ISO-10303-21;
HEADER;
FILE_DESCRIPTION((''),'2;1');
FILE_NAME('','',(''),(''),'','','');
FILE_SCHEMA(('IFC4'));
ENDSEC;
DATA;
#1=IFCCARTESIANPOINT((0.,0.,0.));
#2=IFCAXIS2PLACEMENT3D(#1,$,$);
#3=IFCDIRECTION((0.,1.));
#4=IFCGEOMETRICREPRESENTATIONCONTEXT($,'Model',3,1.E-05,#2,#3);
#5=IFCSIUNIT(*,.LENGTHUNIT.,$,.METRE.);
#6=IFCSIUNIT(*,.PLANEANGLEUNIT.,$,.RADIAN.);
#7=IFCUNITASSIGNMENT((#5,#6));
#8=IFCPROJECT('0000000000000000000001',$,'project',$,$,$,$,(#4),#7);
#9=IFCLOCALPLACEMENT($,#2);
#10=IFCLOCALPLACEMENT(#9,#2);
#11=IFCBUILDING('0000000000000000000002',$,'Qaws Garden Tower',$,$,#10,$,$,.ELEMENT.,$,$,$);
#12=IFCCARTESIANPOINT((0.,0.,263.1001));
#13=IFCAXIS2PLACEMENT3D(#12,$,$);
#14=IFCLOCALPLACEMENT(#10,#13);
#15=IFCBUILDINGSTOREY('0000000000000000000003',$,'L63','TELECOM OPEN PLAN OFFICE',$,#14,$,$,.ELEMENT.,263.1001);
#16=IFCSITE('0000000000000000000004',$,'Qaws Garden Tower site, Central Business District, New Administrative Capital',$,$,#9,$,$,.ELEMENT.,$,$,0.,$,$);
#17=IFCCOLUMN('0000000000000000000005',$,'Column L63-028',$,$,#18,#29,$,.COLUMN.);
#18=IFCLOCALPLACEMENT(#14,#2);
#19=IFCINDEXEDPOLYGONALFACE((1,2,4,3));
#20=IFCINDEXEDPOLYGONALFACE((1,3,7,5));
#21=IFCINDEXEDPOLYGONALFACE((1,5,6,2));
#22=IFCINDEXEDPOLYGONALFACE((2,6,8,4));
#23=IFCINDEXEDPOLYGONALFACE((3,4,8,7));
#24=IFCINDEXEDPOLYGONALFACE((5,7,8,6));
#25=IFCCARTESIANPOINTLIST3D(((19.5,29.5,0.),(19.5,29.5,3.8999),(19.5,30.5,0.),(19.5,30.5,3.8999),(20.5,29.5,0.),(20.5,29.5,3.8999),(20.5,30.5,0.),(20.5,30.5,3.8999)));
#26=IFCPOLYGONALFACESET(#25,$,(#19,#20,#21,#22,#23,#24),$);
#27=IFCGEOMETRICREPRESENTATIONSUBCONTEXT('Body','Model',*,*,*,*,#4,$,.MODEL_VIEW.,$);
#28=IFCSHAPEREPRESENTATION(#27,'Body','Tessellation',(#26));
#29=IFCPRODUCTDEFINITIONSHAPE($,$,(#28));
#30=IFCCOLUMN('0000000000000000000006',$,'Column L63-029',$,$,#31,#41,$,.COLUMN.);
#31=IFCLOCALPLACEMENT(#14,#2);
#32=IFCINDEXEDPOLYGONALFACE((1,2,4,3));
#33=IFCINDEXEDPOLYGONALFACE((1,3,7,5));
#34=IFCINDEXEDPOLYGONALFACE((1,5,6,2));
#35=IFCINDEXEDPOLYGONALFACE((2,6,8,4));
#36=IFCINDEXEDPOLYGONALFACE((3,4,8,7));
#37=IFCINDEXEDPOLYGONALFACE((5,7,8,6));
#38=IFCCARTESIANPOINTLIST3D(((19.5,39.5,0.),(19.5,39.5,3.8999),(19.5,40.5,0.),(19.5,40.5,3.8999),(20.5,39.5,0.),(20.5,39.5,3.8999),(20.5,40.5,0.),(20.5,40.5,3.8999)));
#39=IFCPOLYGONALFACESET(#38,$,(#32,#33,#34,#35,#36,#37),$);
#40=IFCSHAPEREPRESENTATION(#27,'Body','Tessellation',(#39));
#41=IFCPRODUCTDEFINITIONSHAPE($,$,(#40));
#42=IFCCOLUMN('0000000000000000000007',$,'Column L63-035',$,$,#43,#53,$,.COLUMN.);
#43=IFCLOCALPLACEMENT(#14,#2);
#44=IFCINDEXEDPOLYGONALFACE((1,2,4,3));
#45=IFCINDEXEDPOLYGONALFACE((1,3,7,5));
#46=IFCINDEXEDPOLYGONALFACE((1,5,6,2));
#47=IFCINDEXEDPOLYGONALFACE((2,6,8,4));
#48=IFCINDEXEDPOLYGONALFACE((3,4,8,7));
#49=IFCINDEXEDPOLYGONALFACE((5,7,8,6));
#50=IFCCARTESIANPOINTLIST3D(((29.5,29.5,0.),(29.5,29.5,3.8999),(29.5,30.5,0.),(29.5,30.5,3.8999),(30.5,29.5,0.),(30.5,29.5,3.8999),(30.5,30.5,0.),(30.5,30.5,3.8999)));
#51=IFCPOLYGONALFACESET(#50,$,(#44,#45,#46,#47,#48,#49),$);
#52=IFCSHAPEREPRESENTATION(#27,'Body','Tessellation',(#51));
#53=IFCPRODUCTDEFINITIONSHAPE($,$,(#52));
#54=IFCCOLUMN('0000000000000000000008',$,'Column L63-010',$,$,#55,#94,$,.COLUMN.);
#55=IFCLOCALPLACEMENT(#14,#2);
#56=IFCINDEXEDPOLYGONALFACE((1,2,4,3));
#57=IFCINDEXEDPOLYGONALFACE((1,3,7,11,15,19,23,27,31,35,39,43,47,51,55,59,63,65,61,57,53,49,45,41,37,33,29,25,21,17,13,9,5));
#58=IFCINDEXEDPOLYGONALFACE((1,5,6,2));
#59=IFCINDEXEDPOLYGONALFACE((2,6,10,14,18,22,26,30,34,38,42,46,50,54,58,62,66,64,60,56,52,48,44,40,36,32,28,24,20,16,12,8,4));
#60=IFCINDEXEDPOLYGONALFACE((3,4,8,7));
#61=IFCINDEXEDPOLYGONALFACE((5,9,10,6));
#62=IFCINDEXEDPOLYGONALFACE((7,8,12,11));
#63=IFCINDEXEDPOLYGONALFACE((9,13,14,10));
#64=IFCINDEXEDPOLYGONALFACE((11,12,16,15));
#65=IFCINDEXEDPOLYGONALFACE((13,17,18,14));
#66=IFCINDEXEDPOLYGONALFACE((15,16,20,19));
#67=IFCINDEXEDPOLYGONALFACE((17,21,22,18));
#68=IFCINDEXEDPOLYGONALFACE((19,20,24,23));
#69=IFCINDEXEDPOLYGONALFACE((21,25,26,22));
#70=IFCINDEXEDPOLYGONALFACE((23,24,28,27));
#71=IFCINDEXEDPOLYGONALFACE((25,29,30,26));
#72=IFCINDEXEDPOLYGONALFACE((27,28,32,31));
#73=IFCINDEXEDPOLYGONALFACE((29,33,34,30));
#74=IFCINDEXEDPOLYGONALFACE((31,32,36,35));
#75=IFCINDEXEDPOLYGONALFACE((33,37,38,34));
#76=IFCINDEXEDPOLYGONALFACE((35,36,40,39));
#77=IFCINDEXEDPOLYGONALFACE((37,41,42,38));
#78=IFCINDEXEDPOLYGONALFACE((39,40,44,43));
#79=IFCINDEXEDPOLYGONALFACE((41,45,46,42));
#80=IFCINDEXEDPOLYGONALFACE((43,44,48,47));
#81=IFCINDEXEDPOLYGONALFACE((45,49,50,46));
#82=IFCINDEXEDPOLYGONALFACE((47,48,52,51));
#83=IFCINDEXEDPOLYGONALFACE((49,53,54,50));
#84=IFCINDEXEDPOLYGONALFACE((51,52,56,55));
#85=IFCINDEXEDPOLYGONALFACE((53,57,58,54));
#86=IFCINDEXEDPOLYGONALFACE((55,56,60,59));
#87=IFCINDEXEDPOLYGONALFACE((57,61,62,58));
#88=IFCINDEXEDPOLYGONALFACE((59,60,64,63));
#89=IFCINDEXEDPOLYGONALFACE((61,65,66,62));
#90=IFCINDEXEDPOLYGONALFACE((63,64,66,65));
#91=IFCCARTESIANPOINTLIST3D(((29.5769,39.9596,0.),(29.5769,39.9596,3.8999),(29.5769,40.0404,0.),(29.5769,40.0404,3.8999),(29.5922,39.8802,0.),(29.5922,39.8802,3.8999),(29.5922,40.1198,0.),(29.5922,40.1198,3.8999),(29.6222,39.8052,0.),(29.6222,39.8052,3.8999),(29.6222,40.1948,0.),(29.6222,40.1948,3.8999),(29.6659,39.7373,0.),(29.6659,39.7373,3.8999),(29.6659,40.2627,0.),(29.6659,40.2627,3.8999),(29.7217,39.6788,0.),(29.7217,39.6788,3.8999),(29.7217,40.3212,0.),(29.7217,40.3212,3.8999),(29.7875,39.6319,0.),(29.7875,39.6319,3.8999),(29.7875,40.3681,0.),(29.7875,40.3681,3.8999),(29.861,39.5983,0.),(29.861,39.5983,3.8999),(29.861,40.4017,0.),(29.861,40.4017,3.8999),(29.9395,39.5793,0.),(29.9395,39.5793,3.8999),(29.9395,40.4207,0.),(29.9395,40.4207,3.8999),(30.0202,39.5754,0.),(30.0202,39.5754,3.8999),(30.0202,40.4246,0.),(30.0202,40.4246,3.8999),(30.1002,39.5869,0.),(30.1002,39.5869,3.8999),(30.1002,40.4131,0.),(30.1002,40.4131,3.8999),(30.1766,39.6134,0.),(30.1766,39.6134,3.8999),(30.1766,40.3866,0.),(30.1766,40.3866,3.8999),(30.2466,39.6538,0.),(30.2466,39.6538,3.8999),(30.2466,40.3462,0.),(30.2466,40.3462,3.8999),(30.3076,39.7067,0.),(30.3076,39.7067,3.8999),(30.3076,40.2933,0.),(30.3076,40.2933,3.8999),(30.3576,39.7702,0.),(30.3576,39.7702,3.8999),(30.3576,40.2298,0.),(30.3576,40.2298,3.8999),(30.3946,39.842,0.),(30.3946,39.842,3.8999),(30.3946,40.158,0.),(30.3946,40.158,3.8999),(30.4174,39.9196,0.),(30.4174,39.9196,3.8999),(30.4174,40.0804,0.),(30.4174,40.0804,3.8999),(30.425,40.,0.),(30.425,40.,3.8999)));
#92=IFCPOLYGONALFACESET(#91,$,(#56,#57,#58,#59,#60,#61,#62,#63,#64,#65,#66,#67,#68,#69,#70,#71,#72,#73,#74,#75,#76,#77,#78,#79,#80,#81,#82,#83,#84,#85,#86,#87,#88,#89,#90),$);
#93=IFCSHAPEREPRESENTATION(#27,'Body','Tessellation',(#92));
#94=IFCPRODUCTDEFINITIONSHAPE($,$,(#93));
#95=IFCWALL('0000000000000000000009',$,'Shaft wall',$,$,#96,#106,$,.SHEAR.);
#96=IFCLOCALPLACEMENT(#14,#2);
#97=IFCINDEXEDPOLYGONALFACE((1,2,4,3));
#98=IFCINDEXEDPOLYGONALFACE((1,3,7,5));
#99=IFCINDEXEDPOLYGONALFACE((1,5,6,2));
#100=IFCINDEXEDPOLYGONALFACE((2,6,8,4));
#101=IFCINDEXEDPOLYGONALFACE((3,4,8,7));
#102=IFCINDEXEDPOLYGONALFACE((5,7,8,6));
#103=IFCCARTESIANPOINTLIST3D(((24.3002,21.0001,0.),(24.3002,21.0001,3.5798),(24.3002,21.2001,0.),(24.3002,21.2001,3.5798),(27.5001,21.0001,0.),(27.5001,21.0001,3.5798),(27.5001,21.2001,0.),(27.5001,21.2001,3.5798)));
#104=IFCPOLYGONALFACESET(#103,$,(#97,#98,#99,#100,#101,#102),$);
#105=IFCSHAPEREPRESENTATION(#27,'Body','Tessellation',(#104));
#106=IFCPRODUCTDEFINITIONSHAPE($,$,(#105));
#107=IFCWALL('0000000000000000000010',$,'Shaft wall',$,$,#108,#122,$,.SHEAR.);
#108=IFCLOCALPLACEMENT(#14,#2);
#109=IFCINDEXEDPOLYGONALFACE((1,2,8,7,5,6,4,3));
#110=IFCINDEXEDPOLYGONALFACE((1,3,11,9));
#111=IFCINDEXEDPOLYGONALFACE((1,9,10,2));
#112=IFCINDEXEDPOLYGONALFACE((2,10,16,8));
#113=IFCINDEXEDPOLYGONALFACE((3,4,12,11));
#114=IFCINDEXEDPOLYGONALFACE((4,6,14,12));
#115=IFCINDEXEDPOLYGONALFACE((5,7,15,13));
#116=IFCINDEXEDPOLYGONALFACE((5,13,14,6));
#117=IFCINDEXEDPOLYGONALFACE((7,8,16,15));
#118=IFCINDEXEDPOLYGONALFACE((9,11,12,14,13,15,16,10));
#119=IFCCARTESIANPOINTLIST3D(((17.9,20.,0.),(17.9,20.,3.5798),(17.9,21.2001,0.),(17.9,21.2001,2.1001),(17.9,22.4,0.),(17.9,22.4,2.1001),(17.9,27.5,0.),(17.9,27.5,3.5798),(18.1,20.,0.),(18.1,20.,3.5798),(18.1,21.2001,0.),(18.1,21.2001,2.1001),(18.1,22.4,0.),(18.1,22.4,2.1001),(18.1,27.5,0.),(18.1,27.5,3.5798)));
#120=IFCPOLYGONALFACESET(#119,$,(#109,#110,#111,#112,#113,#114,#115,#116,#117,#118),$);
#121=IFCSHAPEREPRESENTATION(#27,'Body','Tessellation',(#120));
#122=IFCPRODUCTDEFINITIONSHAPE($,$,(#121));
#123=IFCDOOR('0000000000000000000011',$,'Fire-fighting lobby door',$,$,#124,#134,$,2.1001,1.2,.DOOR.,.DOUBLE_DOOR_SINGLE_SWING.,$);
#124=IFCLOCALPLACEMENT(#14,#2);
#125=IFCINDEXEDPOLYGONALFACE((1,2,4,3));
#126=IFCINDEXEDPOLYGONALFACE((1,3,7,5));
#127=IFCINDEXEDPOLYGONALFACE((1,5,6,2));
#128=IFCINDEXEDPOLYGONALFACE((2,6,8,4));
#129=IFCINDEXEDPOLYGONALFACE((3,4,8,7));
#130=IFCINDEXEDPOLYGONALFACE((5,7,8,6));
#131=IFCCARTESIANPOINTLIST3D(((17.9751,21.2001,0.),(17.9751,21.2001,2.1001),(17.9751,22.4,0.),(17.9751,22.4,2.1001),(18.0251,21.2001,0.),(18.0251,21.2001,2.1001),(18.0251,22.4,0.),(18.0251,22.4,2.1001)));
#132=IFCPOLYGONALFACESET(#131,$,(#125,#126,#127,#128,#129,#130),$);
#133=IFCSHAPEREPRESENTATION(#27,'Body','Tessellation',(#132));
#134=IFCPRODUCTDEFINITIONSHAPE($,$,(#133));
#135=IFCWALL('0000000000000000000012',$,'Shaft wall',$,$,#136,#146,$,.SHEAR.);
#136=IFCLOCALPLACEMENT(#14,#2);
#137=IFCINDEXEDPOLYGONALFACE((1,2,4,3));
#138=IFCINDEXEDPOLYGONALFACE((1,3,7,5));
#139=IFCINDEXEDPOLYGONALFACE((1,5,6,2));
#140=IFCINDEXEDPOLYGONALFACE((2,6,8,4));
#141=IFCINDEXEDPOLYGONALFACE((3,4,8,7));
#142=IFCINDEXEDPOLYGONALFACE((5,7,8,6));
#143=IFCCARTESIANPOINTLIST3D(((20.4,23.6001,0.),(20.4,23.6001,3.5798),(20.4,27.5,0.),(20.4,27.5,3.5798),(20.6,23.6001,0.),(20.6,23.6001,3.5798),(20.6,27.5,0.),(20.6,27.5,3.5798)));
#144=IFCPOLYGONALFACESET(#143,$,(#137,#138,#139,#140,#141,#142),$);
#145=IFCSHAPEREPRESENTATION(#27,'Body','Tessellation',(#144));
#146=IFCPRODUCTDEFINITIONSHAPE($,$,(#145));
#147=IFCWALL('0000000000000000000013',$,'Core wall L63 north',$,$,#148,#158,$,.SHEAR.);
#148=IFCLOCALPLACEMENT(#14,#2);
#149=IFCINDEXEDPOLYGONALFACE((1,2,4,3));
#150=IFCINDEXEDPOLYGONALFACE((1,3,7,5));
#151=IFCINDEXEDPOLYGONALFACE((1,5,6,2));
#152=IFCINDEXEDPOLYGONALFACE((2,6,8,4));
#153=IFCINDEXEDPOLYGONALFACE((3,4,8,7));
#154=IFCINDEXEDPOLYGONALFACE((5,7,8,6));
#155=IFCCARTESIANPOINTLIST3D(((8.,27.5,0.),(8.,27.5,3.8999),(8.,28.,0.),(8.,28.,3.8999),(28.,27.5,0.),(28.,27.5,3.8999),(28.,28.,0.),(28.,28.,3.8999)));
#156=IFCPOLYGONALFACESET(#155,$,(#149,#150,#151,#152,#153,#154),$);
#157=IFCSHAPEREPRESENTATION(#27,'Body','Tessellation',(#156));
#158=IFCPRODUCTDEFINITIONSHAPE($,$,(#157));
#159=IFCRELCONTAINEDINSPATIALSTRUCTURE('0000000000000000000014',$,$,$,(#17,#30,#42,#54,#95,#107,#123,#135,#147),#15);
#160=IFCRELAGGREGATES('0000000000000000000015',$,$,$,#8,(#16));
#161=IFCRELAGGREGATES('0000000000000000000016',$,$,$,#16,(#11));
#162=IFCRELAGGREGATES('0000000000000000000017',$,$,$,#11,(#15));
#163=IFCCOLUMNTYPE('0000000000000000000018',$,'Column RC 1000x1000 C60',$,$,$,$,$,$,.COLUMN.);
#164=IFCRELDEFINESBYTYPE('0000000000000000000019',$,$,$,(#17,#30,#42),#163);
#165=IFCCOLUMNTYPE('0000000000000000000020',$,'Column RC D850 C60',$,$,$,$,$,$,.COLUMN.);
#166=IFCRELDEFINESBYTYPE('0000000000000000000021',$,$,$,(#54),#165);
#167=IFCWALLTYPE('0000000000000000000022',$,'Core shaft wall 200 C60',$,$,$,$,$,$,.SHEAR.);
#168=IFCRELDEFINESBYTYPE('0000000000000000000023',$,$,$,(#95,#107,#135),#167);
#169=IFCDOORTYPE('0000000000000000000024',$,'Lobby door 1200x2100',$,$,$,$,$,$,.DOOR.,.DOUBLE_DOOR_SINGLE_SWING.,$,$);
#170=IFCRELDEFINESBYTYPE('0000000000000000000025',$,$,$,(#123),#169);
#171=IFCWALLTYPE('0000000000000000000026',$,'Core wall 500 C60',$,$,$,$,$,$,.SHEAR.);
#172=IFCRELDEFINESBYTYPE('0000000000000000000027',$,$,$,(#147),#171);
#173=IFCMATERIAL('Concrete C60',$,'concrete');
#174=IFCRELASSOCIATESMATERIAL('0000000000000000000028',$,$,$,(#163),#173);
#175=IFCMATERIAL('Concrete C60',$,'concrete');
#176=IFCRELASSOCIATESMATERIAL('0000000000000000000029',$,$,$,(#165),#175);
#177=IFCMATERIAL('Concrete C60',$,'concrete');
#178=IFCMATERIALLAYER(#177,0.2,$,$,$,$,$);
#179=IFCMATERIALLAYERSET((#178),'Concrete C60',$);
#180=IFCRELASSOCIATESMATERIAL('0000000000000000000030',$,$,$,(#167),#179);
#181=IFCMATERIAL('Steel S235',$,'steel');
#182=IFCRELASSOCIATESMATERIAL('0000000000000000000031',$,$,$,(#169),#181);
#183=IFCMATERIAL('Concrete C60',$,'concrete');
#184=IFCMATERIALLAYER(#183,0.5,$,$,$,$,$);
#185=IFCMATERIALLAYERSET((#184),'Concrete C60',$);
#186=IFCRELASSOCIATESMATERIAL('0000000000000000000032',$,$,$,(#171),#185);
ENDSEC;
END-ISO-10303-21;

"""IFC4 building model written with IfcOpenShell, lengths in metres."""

from ifc_helpers import new_model, si_unit, direction, frame, frame_2d, origin, origin_2d, place, context, subcontext, project, spatial, rectangle, circle, extrude, material, layer, layer_set, material_profile, profile_set, type_object, element, fill, save


model = new_model("IFC4")

# Units and contexts
model_context = context("Model", 3, precision=1e-05, world=origin(), true_north=direction((0.0, 1.0)))
body_context = subcontext(model_context, "Body", "Model", "MODEL_VIEW")
ifc_project = project(units=[si_unit("LENGTHUNIT", "METRE"), si_unit("PLANEANGLEUNIT", "RADIAN")], contexts=[model_context])

# Site, building, storey
site_placement = place(None, origin())
site = spatial("IfcSite", under=ifc_project, at=site_placement, Name="Qaws Garden Tower site, Central Business District, New Administrative Capital", CompositionType="ELEMENT", RefElevation=0.0)
building_placement = place(site_placement, origin())
building = spatial("IfcBuilding", under=site, at=building_placement, Name="Qaws Garden Tower", CompositionType="ELEMENT")
storey_placement = place(building_placement, frame((0.0, 0.0, 263.1001)))
storey = spatial("IfcBuildingStorey", under=building, at=storey_placement, Name="L63", Description="TELECOM OPEN PLAN OFFICE", CompositionType="ELEMENT", Elevation=263.1001)

# Columns
ifc_material_1 = material(Name="Concrete C60", Category="concrete")
ifc_material_profile_1 = material_profile(ifc_material_1, rectangle(XDim=1.0, YDim=1.0, at=origin_2d()), Name="RC 1000x1000")
ifc_profile_set_1 = profile_set([ifc_material_profile_1], Name="Concrete C60")
column_type_1 = type_object("IfcColumnType", Name="Column RC 1000x1000 C60", PredefinedType="COLUMN", material=ifc_profile_set_1)
for number, where, z_axis, x_axis, name in (
    (1, (20.0, 30.0, 0.0), (0.0, 0.0, 1.0), (1.0, 0.0, 0.0), "Column L63-028"),
    (2, (20.0, 40.0, 0.0), (0.0, 0.0, 1.0), (1.0, 0.0, 0.0), "Column L63-029"),
    (3, (30.0, 30.0, 0.0), (0.0, 0.0, 1.0), (1.0, 0.0, 0.0), "Column L63-035"),
):
    element("IfcColumn", number, at=place(storey_placement, frame(where, z_axis=z_axis, x_axis=x_axis)), inside=storey, type_object=column_type_1, Name=name, PredefinedType="COLUMN", context=body_context, shape_type="SweptSolid", body=[
        extrude(rectangle(XDim=1.0, YDim=1.0, at=origin_2d()), origin(), (0.0, 0.0, 1.0), 3.8999),
    ])
ifc_material_2 = material(Name="Concrete C60", Category="concrete")
ifc_material_profile_2 = material_profile(ifc_material_2, circle(Radius=0.425, at=origin_2d()), Name="RC D850")
ifc_profile_set_2 = profile_set([ifc_material_profile_2], Name="Concrete C60")
column_type_2 = type_object("IfcColumnType", Name="Column RC D850 C60", PredefinedType="COLUMN", material=ifc_profile_set_2)
column_placement = place(storey_placement, frame((30.0, 40.0, 0.0), z_axis=(0.0, 0.0, 1.0), x_axis=(1.0, 0.0, 0.0)))
element("IfcColumn", 4, at=column_placement, inside=storey, type_object=column_type_2, Name="Column L63-010", PredefinedType="COLUMN", context=body_context, shape_type="SweptSolid", body=[
    extrude(circle(Radius=0.425, at=origin_2d()), origin(), (0.0, 0.0, 1.0), 3.8999),
])

# Wall
ifc_material_3 = material(Name="Concrete C60", Category="concrete")
ifc_layer_1 = layer(ifc_material_3, 0.2)
ifc_layer_set_1 = layer_set([ifc_layer_1], Name="Concrete C60")
wall_type_1 = type_object("IfcWallType", Name="Core shaft wall 200 C60", PredefinedType="SHEAR", material=ifc_layer_set_1)
wall_1_placement = place(storey_placement, frame((24.3, 21.1001, 0.0), z_axis=(0.0, 0.0, 1.0), x_axis=(1.0, 0.0, 0.0)))
element("IfcWall", 5, at=wall_1_placement, inside=storey, type_object=wall_type_1, Name="Shaft wall", PredefinedType="SHEAR", context=body_context, shape_type="SweptSolid", body=[
    extrude(rectangle(XDim=3.2, YDim=0.2, at=frame_2d((1.6001, 0.0))), origin(), (0.0, 0.0, 1.0), 3.5798),
])

# Wall, opening, door
wall_2_placement = place(storey_placement, frame((18.0, 20.0, 0.0), z_axis=(0.0, 0.0, 1.0), x_axis=(0.0, 1.0, 0.0)))
wall_2 = element("IfcWall", 6, at=wall_2_placement, inside=storey, type_object=wall_type_1, Name="Shaft wall", PredefinedType="SHEAR", context=body_context, shape_type="SweptSolid", body=[
    extrude(rectangle(XDim=7.5, YDim=0.2, at=frame_2d((3.75, 0.0))), origin(), (0.0, 0.0, 1.0), 3.5798),
])
opening_1_placement = place(wall_2_placement, frame((1.2, 0.0, 0.0)))
opening_1 = element("IfcOpeningElement", 7, at=opening_1_placement, cuts=wall_2, PredefinedType="OPENING", context=body_context, shape_type="SweptSolid", body=[
    extrude(rectangle(XDim=1.2, YDim=2.1001, at=frame_2d((0.6001, 1.05))), frame((0.0, 0.1099, 0.0), z_axis=(0.0, -1.0, 0.0), x_axis=(1.0, 0.0, 0.0)), (0.0, 0.0, 1.0), 0.22),
])
ifc_material_4 = material(Name="Steel S235", Category="steel")
door_type_1 = type_object("IfcDoorType", Name="Lobby door 1200x2100", OperationType="DOUBLE_DOOR_SINGLE_SWING", PredefinedType="DOOR", material=ifc_material_4)
door_1_placement = place(opening_1_placement, origin())
door_1 = element("IfcDoor", 8, at=door_1_placement, inside=storey, type_object=door_type_1, Name="Fire-fighting lobby door", OperationType="DOUBLE_DOOR_SINGLE_SWING", OverallHeight=2.1001, OverallWidth=1.2, PredefinedType="DOOR", context=body_context, shape_type="SweptSolid", body=[
    extrude(rectangle(XDim=1.2, YDim=2.1001, at=frame_2d((0.6001, 1.05))), frame((0.0, 0.0249, 0.0), z_axis=(0.0, -1.0, 0.0), x_axis=(1.0, 0.0, 0.0)), (0.0, 0.0, 1.0), 0.05),
])
fill(opening_1, door_1)

# Walls
wall_3_placement = place(storey_placement, frame((20.5, 23.6001, 0.0), z_axis=(0.0, 0.0, 1.0), x_axis=(0.0, 1.0, 0.0)))
element("IfcWall", 9, at=wall_3_placement, inside=storey, type_object=wall_type_1, Name="Shaft wall", PredefinedType="SHEAR", context=body_context, shape_type="SweptSolid", body=[
    extrude(rectangle(XDim=3.8999, YDim=0.2, at=frame_2d((1.95, 0.0))), origin(), (0.0, 0.0, 1.0), 3.5798),
])
ifc_material_5 = material(Name="Concrete C60", Category="concrete")
ifc_layer_2 = layer(ifc_material_5, 0.5)
ifc_layer_set_2 = layer_set([ifc_layer_2], Name="Concrete C60")
wall_type_2 = type_object("IfcWallType", Name="Core wall 500 C60", PredefinedType="SHEAR", material=ifc_layer_set_2)
wall_4_placement = place(storey_placement, frame((28.0, 27.75, 0.0), z_axis=(0.0, 0.0, 1.0), x_axis=(-1.0, 0.0, 0.0)))
element("IfcWall", 10, at=wall_4_placement, inside=storey, type_object=wall_type_2, Name="Core wall L63 north", PredefinedType="SHEAR", context=body_context, shape_type="SweptSolid", body=[
    extrude(rectangle(XDim=20.0, YDim=0.5, at=frame_2d((10.0, 0.0))), origin(), (0.0, 0.0, 1.0), 3.8999),
])

save(model, "model.ifc")
